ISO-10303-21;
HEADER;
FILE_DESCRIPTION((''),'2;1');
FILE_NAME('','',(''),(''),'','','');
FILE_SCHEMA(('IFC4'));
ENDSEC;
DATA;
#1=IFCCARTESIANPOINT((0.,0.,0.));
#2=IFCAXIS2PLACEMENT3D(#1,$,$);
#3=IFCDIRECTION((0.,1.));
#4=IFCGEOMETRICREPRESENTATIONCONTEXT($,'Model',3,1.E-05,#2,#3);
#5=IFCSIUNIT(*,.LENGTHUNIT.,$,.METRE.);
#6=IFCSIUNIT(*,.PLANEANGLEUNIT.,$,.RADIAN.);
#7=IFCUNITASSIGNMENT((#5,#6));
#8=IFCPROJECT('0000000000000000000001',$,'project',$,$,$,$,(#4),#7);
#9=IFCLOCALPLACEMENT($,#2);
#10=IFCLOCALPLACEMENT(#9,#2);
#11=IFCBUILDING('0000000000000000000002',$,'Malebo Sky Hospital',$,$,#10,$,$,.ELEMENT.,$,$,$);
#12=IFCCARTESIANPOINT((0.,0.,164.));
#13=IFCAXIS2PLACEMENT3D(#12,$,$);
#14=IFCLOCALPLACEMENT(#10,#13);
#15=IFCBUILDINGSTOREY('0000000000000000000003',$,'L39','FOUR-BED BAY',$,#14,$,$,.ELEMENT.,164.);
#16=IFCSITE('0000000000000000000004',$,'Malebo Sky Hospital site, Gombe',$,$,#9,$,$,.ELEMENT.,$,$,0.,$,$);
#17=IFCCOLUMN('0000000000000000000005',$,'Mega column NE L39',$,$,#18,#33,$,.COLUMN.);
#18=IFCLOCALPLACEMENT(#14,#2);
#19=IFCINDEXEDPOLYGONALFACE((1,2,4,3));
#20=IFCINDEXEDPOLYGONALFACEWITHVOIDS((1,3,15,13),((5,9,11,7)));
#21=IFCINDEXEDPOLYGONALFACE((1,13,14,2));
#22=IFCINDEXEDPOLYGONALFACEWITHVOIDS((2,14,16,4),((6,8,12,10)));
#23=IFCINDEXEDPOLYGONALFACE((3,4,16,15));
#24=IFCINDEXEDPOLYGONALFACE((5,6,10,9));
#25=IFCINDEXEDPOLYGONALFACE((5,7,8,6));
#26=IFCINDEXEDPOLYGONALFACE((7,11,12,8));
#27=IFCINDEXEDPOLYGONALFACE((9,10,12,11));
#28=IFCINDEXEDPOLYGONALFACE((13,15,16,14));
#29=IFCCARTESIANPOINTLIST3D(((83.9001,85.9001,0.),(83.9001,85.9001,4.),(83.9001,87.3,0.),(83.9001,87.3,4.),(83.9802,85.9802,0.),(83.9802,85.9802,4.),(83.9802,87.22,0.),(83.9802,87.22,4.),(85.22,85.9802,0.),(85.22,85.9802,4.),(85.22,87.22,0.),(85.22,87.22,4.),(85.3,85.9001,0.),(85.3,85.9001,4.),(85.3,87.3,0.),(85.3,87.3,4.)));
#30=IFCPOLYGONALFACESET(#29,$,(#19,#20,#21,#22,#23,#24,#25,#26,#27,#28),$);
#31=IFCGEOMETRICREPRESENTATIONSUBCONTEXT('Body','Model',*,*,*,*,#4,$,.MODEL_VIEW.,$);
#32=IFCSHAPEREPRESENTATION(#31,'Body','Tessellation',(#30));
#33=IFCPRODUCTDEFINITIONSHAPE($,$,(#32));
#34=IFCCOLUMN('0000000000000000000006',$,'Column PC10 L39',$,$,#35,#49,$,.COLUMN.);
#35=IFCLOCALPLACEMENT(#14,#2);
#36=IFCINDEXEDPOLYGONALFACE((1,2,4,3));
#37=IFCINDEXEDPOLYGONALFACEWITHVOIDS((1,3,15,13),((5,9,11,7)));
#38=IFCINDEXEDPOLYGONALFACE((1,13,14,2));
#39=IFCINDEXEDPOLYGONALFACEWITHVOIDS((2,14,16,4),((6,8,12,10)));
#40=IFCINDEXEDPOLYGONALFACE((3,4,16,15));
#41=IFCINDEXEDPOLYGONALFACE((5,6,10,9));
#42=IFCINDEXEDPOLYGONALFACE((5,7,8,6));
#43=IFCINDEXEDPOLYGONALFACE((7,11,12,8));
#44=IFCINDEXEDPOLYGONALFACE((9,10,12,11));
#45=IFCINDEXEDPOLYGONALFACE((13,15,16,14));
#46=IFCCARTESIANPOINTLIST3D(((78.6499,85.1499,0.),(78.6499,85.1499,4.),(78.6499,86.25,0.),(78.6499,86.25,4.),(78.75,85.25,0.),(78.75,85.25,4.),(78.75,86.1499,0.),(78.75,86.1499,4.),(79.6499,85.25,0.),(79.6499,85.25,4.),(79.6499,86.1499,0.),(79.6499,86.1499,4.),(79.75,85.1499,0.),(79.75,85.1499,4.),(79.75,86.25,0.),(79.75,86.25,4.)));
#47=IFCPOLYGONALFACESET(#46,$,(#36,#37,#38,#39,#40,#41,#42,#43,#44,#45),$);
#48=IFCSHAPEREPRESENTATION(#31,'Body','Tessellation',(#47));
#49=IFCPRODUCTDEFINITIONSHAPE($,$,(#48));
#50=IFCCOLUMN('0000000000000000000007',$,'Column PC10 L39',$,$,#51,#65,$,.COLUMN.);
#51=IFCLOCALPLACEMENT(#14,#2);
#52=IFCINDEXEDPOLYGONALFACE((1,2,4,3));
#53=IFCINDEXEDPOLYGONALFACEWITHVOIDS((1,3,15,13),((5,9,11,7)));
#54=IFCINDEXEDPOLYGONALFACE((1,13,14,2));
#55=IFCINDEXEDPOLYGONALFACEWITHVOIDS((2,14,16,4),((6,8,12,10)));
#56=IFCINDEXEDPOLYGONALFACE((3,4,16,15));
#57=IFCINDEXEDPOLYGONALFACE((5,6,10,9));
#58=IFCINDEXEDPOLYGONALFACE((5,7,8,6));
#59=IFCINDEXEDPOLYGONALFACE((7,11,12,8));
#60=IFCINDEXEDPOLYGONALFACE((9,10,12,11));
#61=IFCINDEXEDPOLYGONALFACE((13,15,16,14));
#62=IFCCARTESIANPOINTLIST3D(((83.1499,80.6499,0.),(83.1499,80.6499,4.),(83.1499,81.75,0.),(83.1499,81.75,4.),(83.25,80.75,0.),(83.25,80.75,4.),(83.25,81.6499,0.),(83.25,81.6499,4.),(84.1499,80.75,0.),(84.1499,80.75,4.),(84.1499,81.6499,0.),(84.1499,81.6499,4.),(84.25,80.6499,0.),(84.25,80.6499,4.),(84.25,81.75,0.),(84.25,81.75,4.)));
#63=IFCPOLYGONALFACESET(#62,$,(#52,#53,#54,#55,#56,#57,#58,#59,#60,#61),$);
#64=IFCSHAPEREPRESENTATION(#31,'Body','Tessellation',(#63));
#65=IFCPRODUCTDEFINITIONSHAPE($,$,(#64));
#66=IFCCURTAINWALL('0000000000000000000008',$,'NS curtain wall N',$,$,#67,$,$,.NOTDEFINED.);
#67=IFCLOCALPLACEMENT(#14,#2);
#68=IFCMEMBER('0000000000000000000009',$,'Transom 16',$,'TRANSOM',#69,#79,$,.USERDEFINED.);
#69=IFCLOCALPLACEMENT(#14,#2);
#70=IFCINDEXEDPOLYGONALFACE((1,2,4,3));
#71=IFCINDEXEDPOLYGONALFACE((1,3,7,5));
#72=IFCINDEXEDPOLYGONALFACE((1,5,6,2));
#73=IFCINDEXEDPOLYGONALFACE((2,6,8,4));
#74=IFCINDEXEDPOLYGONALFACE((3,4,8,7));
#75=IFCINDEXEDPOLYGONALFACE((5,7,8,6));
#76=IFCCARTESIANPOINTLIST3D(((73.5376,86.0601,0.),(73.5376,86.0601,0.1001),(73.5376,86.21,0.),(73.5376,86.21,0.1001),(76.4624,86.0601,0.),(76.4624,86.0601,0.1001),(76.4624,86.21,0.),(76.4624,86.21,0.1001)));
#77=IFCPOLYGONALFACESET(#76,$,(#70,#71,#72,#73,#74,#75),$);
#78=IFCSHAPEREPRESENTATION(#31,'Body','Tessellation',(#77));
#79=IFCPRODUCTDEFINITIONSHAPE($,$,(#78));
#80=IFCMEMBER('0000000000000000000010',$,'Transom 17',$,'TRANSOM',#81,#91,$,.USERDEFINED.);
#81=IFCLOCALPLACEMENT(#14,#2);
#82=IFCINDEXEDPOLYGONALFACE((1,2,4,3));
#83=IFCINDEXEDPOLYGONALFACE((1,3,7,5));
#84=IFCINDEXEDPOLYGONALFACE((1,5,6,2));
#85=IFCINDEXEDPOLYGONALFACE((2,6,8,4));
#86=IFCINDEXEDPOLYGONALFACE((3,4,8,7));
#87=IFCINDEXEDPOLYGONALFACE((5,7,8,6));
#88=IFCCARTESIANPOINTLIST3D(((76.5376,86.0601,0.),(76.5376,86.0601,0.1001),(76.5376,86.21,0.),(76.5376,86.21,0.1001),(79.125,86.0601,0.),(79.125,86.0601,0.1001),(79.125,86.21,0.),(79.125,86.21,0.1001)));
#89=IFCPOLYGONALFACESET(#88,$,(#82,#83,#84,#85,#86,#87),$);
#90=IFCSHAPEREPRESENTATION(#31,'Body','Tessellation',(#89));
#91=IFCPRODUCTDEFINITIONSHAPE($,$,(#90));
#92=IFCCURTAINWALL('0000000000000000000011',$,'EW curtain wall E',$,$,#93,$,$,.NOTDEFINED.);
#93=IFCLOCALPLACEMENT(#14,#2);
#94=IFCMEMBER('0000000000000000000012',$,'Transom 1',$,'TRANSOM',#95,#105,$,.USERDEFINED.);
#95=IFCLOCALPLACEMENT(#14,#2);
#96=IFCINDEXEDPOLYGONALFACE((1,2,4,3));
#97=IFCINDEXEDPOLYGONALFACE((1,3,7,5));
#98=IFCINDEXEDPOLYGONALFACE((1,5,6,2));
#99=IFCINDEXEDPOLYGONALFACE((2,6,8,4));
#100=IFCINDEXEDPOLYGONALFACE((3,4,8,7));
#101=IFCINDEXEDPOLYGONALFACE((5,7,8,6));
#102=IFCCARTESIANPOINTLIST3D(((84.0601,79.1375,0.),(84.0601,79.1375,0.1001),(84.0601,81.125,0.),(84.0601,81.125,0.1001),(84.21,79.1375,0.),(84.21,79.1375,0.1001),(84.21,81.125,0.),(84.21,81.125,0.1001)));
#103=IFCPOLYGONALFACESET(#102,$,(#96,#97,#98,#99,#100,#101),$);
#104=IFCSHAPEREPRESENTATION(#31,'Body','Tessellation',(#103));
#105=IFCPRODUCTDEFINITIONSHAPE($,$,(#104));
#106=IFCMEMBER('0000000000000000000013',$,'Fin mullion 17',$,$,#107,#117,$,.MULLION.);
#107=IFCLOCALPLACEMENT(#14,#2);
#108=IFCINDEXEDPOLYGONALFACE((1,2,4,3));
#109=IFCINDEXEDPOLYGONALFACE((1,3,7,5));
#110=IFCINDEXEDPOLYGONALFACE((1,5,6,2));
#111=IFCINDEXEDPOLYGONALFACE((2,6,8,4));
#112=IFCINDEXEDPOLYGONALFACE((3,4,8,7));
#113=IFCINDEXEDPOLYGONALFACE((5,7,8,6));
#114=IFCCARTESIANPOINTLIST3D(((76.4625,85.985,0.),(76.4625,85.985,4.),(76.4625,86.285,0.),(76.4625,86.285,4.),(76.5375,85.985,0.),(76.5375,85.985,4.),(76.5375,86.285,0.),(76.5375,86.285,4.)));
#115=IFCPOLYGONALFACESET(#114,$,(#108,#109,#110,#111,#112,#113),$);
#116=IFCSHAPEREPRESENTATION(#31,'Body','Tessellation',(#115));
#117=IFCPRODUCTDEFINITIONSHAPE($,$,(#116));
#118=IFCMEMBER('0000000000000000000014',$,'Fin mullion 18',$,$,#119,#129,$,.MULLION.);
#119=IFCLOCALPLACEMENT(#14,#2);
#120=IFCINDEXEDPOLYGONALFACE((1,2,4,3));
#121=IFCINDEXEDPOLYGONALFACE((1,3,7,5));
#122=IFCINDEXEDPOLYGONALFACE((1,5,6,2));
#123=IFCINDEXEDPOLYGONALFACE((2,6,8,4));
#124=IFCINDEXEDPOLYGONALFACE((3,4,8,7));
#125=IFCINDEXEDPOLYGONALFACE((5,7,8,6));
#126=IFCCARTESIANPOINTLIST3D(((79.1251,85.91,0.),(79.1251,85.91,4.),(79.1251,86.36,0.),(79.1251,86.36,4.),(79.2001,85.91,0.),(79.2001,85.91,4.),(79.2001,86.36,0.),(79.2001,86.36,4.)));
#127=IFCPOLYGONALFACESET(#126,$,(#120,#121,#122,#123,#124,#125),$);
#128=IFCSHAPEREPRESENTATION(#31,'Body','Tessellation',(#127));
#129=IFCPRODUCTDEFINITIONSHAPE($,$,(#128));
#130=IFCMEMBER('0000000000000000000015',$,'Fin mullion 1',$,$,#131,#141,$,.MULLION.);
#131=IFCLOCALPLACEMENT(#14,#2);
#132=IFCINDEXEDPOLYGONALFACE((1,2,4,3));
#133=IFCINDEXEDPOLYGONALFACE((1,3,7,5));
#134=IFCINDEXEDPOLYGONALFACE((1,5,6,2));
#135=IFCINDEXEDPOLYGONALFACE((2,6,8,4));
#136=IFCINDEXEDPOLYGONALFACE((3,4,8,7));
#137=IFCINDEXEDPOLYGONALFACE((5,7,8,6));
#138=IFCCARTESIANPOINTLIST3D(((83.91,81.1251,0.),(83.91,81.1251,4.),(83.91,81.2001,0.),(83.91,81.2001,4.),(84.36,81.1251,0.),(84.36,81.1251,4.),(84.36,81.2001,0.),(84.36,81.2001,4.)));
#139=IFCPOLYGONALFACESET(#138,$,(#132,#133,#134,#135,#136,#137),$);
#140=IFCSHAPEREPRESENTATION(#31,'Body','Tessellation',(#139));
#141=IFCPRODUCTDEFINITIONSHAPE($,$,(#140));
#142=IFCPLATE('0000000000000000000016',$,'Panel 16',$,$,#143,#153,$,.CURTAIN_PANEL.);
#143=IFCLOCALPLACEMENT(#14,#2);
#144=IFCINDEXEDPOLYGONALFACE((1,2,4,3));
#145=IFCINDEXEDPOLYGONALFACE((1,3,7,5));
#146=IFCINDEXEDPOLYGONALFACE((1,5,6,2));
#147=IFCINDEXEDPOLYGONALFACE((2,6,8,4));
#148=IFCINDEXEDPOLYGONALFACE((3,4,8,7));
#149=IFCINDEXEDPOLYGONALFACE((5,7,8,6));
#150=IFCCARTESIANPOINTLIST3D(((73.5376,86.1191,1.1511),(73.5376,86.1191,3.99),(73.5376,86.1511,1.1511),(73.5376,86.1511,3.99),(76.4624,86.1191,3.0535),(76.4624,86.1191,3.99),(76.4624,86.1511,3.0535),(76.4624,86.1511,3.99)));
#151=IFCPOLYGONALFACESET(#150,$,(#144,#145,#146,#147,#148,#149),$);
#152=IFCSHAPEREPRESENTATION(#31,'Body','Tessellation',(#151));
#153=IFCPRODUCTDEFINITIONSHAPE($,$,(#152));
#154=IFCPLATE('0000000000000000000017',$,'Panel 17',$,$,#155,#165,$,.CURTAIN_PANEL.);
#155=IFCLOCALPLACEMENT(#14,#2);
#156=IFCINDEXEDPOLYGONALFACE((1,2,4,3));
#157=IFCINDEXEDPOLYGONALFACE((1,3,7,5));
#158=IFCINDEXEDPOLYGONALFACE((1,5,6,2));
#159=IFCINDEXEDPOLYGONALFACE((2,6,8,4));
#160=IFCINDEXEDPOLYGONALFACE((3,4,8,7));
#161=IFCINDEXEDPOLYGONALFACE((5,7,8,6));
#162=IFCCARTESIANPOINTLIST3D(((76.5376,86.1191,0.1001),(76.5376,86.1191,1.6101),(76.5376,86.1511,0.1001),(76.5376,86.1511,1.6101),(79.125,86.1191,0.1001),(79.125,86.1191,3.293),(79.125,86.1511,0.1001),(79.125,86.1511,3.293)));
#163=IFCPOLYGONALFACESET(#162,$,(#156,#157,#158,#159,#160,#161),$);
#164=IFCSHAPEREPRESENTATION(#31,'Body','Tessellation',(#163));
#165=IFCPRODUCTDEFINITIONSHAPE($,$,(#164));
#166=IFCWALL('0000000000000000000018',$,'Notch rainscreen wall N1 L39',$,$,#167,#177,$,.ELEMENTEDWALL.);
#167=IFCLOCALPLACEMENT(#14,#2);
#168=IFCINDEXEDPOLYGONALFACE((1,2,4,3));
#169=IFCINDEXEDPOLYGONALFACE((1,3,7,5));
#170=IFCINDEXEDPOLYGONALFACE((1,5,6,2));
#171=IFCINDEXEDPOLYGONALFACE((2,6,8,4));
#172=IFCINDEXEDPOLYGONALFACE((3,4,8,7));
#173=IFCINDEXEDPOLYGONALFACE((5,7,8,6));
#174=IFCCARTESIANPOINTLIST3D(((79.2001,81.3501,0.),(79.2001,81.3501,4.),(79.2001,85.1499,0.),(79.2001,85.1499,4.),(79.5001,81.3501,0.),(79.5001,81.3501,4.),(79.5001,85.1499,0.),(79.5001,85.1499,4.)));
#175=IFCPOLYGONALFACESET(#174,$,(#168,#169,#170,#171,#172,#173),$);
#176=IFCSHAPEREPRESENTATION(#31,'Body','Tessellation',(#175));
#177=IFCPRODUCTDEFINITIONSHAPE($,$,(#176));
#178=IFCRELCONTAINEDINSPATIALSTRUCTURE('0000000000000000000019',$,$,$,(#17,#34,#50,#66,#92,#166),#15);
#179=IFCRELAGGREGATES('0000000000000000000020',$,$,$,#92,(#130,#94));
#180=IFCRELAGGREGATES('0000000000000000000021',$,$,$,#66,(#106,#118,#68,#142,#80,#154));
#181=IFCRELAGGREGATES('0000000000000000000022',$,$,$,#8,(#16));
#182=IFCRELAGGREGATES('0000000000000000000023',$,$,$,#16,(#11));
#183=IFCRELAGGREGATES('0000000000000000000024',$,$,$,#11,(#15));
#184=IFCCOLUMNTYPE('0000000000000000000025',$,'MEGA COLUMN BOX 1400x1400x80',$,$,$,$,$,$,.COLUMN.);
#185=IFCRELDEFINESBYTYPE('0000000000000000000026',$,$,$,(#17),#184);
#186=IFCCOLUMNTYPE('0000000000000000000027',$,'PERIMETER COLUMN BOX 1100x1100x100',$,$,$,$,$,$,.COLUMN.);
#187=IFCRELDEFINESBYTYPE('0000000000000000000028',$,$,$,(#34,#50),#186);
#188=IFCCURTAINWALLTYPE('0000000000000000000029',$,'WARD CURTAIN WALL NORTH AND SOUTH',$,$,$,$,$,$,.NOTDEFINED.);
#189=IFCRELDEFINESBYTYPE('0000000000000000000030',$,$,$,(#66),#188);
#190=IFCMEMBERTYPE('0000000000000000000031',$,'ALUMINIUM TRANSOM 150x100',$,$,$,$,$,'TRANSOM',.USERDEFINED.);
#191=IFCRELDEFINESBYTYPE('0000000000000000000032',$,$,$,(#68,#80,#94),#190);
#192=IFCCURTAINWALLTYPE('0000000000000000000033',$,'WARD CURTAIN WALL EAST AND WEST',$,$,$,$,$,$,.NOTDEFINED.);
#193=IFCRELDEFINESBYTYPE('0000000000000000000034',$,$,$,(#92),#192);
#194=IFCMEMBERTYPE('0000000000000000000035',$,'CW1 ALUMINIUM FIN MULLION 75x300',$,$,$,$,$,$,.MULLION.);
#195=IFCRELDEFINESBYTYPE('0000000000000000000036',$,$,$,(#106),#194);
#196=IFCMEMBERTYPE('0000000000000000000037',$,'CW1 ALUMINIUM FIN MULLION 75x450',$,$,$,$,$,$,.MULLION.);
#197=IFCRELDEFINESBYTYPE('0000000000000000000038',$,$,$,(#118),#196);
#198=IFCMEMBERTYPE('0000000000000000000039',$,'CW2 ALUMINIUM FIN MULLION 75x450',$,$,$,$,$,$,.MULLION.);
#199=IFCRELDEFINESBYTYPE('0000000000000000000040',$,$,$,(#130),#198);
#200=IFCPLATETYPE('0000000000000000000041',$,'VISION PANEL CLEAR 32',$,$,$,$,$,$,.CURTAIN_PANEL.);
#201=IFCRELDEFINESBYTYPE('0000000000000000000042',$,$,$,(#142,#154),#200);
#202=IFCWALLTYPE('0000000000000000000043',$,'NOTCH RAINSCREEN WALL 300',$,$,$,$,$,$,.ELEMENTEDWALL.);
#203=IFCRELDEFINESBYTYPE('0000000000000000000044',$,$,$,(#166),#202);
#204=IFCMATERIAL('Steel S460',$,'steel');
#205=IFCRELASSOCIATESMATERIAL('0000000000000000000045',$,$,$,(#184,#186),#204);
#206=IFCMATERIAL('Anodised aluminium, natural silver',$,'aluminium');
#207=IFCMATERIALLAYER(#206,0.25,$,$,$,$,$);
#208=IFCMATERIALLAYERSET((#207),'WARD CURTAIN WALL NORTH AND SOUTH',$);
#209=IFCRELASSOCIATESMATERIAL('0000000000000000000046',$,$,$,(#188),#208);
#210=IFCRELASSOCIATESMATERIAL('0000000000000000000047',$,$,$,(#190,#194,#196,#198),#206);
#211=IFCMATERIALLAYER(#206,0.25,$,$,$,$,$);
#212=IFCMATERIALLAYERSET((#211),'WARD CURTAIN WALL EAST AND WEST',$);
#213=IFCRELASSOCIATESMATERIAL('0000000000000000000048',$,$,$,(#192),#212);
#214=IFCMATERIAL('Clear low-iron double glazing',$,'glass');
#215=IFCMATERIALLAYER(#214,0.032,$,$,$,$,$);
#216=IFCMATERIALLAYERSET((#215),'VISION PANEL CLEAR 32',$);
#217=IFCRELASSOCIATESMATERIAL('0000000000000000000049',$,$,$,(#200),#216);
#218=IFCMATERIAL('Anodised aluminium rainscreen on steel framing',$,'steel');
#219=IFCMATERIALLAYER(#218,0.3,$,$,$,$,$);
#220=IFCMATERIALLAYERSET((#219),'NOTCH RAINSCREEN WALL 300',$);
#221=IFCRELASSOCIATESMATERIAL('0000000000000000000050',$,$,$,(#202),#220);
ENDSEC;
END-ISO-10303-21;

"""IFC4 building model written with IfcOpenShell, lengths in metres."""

from ifc_helpers import new_model, si_unit, direction, frame, frame_2d, origin, origin_2d, place, context, subcontext, project, spatial, polyline, rectangle, hollow_rectangle, outline, extrude, material, layer, layer_set, material_profile, profile_set, type_object, element, aggregate, save


model = new_model("IFC4")

# Units and contexts
model_context = context("Model", 3, precision=1e-05, world=origin(), true_north=direction((0.0, 1.0)))
body_context = subcontext(model_context, "Body", "Model", "MODEL_VIEW")
ifc_project = project(units=[si_unit("LENGTHUNIT", "METRE"), si_unit("PLANEANGLEUNIT", "RADIAN")], contexts=[model_context])

# Site, building, storey
site_placement = place(None, origin())
site = spatial("IfcSite", under=ifc_project, at=site_placement, Name="Malebo Sky Hospital site, Gombe", CompositionType="ELEMENT", RefElevation=0.0)
building_placement = place(site_placement, origin())
building = spatial("IfcBuilding", under=site, at=building_placement, Name="Malebo Sky Hospital", CompositionType="ELEMENT")
storey_placement = place(building_placement, frame((0.0, 0.0, 164.0)))
storey = spatial("IfcBuildingStorey", under=building, at=storey_placement, Name="L39", Description="FOUR-BED BAY", CompositionType="ELEMENT", Elevation=164.0)

# Columns
ifc_material_1 = material(Name="Steel S460", Category="steel")
ifc_material_profile_1 = material_profile(ifc_material_1, hollow_rectangle(XDim=1.3999, YDim=1.3999, WallThickness=0.0801, at=origin_2d()), Name="BOX 1400x1400x80")
ifc_profile_set_1 = profile_set([ifc_material_profile_1], Name="Steel S460")
column_type_1 = type_object("IfcColumnType", Name="MEGA COLUMN BOX 1400x1400x80", PredefinedType="COLUMN", material=ifc_profile_set_1)
column_placement = place(storey_placement, frame((84.6001, 86.6001, 0.0), z_axis=(0.0, 0.0, 1.0), x_axis=(1.0, 0.0, 0.0)))
element("IfcColumn", 1, at=column_placement, inside=storey, type_object=column_type_1, Name="Mega column NE L39", PredefinedType="COLUMN", context=body_context, shape_type="SweptSolid", body=[
    extrude(hollow_rectangle(XDim=1.3999, YDim=1.3999, WallThickness=0.0801, at=origin_2d()), origin(), (0.0, 0.0, 1.0), 4.0),
])
ifc_material_profile_2 = material_profile(ifc_material_1, hollow_rectangle(XDim=1.1001, YDim=1.1001, WallThickness=0.1001, at=origin_2d()), Name="BOX 1100x1100x100")
ifc_profile_set_2 = profile_set([ifc_material_profile_2], Name="Steel S460")
column_type_2 = type_object("IfcColumnType", Name="PERIMETER COLUMN BOX 1100x1100x100", PredefinedType="COLUMN", material=ifc_profile_set_2)
for number, where, z_axis, x_axis, name in (
    (2, (79.2, 85.7, 0.0), (0.0, 0.0, 1.0), (1.0, 0.0, 0.0), "Column PC10 L39"),
    (3, (83.7, 81.2, 0.0), (0.0, 0.0, 1.0), (1.0, 0.0, 0.0), "Column PC10 L39"),
):
    element("IfcColumn", number, at=place(storey_placement, frame(where, z_axis=z_axis, x_axis=x_axis)), inside=storey, type_object=column_type_2, Name=name, PredefinedType="COLUMN", context=body_context, shape_type="SweptSolid", body=[
        extrude(hollow_rectangle(XDim=1.1001, YDim=1.1001, WallThickness=0.1001, at=origin_2d()), origin(), (0.0, 0.0, 1.0), 4.0),
    ])

# Curtain wall, members
ifc_material_2 = material(Name="Anodised aluminium, natural silver", Category="aluminium")
ifc_layer_1 = layer(ifc_material_2, 0.25)
ifc_layer_set_1 = layer_set([ifc_layer_1], Name="WARD CURTAIN WALL NORTH AND SOUTH")
curtain_wall_type_1 = type_object("IfcCurtainWallType", Name="WARD CURTAIN WALL NORTH AND SOUTH", PredefinedType="NOTDEFINED", material=ifc_layer_set_1)
curtain_wall_1_placement = place(storey_placement, origin())
curtain_wall_1 = element("IfcCurtainWall", 4, at=curtain_wall_1_placement, inside=storey, type_object=curtain_wall_type_1, Name="NS curtain wall N", PredefinedType="NOTDEFINED")
ifc_material_profile_3 = material_profile(ifc_material_2, rectangle(XDim=0.1499, YDim=0.1001, at=origin_2d()), Name="ALUMINIUM TRANSOM 150x100")
ifc_profile_set_3 = profile_set([ifc_material_profile_3], Name="Anodised aluminium, natural silver")
member_type_1 = type_object("IfcMemberType", Name="ALUMINIUM TRANSOM 150x100", ElementType="TRANSOM", PredefinedType="USERDEFINED", material=ifc_profile_set_3)
member_1_placement = place(storey_placement, frame((73.5376, 86.135, 0.05), z_axis=(1.0, 0.0, 0.0), x_axis=(0.0, 1.0, 0.0)))
member_1 = element("IfcMember", 5, at=member_1_placement, type_object=member_type_1, Name="Transom 16", ObjectType="TRANSOM", PredefinedType="USERDEFINED", context=body_context, shape_type="SweptSolid", body=[
    extrude(rectangle(XDim=0.1499, YDim=0.1001, at=origin_2d()), origin(), (0.0, 0.0, 1.0), 2.9248),
])
member_2_placement = place(storey_placement, frame((76.5376, 86.135, 0.05), z_axis=(1.0, 0.0, 0.0), x_axis=(0.0, 1.0, 0.0)))
member_2 = element("IfcMember", 6, at=member_2_placement, type_object=member_type_1, Name="Transom 17", ObjectType="TRANSOM", PredefinedType="USERDEFINED", context=body_context, shape_type="SweptSolid", body=[
    extrude(rectangle(XDim=0.1499, YDim=0.1001, at=origin_2d()), origin(), (0.0, 0.0, 1.0), 2.5874),
])

# Curtain wall, member
ifc_layer_2 = layer(ifc_material_2, 0.25)
ifc_layer_set_2 = layer_set([ifc_layer_2], Name="WARD CURTAIN WALL EAST AND WEST")
curtain_wall_type_2 = type_object("IfcCurtainWallType", Name="WARD CURTAIN WALL EAST AND WEST", PredefinedType="NOTDEFINED", material=ifc_layer_set_2)
curtain_wall_2_placement = place(storey_placement, origin())
curtain_wall_2 = element("IfcCurtainWall", 7, at=curtain_wall_2_placement, inside=storey, type_object=curtain_wall_type_2, Name="EW curtain wall E", PredefinedType="NOTDEFINED")
member_3_placement = place(storey_placement, frame((84.135, 81.125, 0.05), z_axis=(0.0, -1.0, 0.0), x_axis=(1.0, 0.0, 0.0)))
member_3 = element("IfcMember", 8, at=member_3_placement, type_object=member_type_1, Name="Transom 1", ObjectType="TRANSOM", PredefinedType="USERDEFINED", context=body_context, shape_type="SweptSolid", body=[
    extrude(rectangle(XDim=0.1499, YDim=0.1001, at=origin_2d()), origin(), (0.0, 0.0, 1.0), 1.9875),
])

# Members
ifc_material_profile_4 = material_profile(ifc_material_2, rectangle(XDim=0.075, YDim=0.3, at=origin_2d()), Name="CW1 ALUMINIUM FIN MULLION 75x300")
ifc_profile_set_4 = profile_set([ifc_material_profile_4], Name="Anodised aluminium, natural silver")
member_type_2 = type_object("IfcMemberType", Name="CW1 ALUMINIUM FIN MULLION 75x300", PredefinedType="MULLION", material=ifc_profile_set_4)
member_4_placement = place(storey_placement, frame((76.5, 86.135, 0.0), z_axis=(0.0, 0.0, 1.0), x_axis=(1.0, 0.0, 0.0)))
member_4 = element("IfcMember", 9, at=member_4_placement, type_object=member_type_2, Name="Fin mullion 17", PredefinedType="MULLION", context=body_context, shape_type="SweptSolid", body=[
    extrude(rectangle(XDim=0.075, YDim=0.3, at=origin_2d()), origin(), (0.0, 0.0, 1.0), 4.0),
])
ifc_material_profile_5 = material_profile(ifc_material_2, rectangle(XDim=0.075, YDim=0.45, at=origin_2d()), Name="CW1 ALUMINIUM FIN MULLION 75x450")
ifc_profile_set_5 = profile_set([ifc_material_profile_5], Name="Anodised aluminium, natural silver")
member_type_3 = type_object("IfcMemberType", Name="CW1 ALUMINIUM FIN MULLION 75x450", PredefinedType="MULLION", material=ifc_profile_set_5)
member_5_placement = place(storey_placement, frame((79.1626, 86.135, 0.0), z_axis=(0.0, 0.0, 1.0), x_axis=(1.0, 0.0, 0.0)))
member_5 = element("IfcMember", 10, at=member_5_placement, type_object=member_type_3, Name="Fin mullion 18", PredefinedType="MULLION", context=body_context, shape_type="SweptSolid", body=[
    extrude(rectangle(XDim=0.075, YDim=0.45, at=origin_2d()), origin(), (0.0, 0.0, 1.0), 4.0),
])
ifc_material_profile_6 = material_profile(ifc_material_2, rectangle(XDim=0.075, YDim=0.45, at=origin_2d()), Name="CW2 ALUMINIUM FIN MULLION 75x450")
ifc_profile_set_6 = profile_set([ifc_material_profile_6], Name="Anodised aluminium, natural silver")
member_type_4 = type_object("IfcMemberType", Name="CW2 ALUMINIUM FIN MULLION 75x450", PredefinedType="MULLION", material=ifc_profile_set_6)
member_6_placement = place(storey_placement, frame((84.135, 81.1626, 0.0), z_axis=(0.0, 0.0, 1.0), x_axis=(0.0, -1.0, 0.0)))
member_6 = element("IfcMember", 11, at=member_6_placement, type_object=member_type_4, Name="Fin mullion 1", PredefinedType="MULLION", context=body_context, shape_type="SweptSolid", body=[
    extrude(rectangle(XDim=0.075, YDim=0.45, at=origin_2d()), origin(), (0.0, 0.0, 1.0), 4.0),
])
aggregate(curtain_wall_2, [member_6, member_3])

# Plates
ifc_material_3 = material(Name="Clear low-iron double glazing", Category="glass")
ifc_layer_3 = layer(ifc_material_3, 0.032)
ifc_layer_set_3 = layer_set([ifc_layer_3], Name="VISION PANEL CLEAR 32")
plate_type = type_object("IfcPlateType", Name="VISION PANEL CLEAR 32", PredefinedType="CURTAIN_PANEL", material=ifc_layer_set_3)
plate_1_placement = place(storey_placement, frame((75.0, 86.135, 1.1511), z_axis=(0.0, 0.0, 1.0), x_axis=(1.0, 0.0, 0.0)))
plate_1 = element("IfcPlate", 12, at=plate_1_placement, type_object=plate_type, Name="Panel 16", PredefinedType="CURTAIN_PANEL", context=body_context, shape_type="SweptSolid", body=[
    extrude(outline(polyline([(-1.4624, 0.0), (1.4624, 1.9023), (1.4624, 2.8389), (-1.4624, 2.8389), (-1.4624, 0.0)])), frame((0.0, 0.0161, 0.0), z_axis=(0.0, -1.0, 0.0), x_axis=(1.0, 0.0, 0.0)), (0.0, 0.0, 1.0), 0.032),
])
plate_2_placement = place(storey_placement, frame((77.8313, 86.135, 0.1001), z_axis=(0.0, 0.0, 1.0), x_axis=(1.0, 0.0, 0.0)))
plate_2 = element("IfcPlate", 13, at=plate_2_placement, type_object=plate_type, Name="Panel 17", PredefinedType="CURTAIN_PANEL", context=body_context, shape_type="SweptSolid", body=[
    extrude(outline(polyline([(-1.2937, 0.0), (1.2937, 0.0), (1.2937, 3.1929), (-1.2937, 1.51), (-1.2937, 0.0)])), frame((0.0, 0.0161, 0.0), z_axis=(0.0, -1.0, 0.0), x_axis=(1.0, 0.0, 0.0)), (0.0, 0.0, 1.0), 0.032),
])
aggregate(curtain_wall_1, [member_4, member_5, member_1, plate_1, member_2, plate_2])

# Wall
ifc_material_4 = material(Name="Anodised aluminium rainscreen on steel framing", Category="steel")
ifc_layer_4 = layer(ifc_material_4, 0.3)
ifc_layer_set_4 = layer_set([ifc_layer_4], Name="NOTCH RAINSCREEN WALL 300")
wall_type_1 = type_object("IfcWallType", Name="NOTCH RAINSCREEN WALL 300", PredefinedType="ELEMENTEDWALL", material=ifc_layer_set_4)
for number, where, z_axis, x_axis, name in (
    (14, (79.3501, 85.1499, 0.0), (0.0, 0.0, 1.0), (0.0, -1.0, 0.0), "Notch rainscreen wall N1 L39"),
):
    element("IfcWall", number, at=place(storey_placement, frame(where, z_axis=z_axis, x_axis=x_axis)), inside=storey, type_object=wall_type_1, Name=name, PredefinedType="ELEMENTEDWALL", context=body_context, shape_type="SweptSolid", body=[
        extrude(rectangle(XDim=3.7998, YDim=0.3, at=frame_2d((1.8999, 0.0))), origin(), (0.0, 0.0, 1.0), 4.0),
    ])

save(model, "model.ifc")
